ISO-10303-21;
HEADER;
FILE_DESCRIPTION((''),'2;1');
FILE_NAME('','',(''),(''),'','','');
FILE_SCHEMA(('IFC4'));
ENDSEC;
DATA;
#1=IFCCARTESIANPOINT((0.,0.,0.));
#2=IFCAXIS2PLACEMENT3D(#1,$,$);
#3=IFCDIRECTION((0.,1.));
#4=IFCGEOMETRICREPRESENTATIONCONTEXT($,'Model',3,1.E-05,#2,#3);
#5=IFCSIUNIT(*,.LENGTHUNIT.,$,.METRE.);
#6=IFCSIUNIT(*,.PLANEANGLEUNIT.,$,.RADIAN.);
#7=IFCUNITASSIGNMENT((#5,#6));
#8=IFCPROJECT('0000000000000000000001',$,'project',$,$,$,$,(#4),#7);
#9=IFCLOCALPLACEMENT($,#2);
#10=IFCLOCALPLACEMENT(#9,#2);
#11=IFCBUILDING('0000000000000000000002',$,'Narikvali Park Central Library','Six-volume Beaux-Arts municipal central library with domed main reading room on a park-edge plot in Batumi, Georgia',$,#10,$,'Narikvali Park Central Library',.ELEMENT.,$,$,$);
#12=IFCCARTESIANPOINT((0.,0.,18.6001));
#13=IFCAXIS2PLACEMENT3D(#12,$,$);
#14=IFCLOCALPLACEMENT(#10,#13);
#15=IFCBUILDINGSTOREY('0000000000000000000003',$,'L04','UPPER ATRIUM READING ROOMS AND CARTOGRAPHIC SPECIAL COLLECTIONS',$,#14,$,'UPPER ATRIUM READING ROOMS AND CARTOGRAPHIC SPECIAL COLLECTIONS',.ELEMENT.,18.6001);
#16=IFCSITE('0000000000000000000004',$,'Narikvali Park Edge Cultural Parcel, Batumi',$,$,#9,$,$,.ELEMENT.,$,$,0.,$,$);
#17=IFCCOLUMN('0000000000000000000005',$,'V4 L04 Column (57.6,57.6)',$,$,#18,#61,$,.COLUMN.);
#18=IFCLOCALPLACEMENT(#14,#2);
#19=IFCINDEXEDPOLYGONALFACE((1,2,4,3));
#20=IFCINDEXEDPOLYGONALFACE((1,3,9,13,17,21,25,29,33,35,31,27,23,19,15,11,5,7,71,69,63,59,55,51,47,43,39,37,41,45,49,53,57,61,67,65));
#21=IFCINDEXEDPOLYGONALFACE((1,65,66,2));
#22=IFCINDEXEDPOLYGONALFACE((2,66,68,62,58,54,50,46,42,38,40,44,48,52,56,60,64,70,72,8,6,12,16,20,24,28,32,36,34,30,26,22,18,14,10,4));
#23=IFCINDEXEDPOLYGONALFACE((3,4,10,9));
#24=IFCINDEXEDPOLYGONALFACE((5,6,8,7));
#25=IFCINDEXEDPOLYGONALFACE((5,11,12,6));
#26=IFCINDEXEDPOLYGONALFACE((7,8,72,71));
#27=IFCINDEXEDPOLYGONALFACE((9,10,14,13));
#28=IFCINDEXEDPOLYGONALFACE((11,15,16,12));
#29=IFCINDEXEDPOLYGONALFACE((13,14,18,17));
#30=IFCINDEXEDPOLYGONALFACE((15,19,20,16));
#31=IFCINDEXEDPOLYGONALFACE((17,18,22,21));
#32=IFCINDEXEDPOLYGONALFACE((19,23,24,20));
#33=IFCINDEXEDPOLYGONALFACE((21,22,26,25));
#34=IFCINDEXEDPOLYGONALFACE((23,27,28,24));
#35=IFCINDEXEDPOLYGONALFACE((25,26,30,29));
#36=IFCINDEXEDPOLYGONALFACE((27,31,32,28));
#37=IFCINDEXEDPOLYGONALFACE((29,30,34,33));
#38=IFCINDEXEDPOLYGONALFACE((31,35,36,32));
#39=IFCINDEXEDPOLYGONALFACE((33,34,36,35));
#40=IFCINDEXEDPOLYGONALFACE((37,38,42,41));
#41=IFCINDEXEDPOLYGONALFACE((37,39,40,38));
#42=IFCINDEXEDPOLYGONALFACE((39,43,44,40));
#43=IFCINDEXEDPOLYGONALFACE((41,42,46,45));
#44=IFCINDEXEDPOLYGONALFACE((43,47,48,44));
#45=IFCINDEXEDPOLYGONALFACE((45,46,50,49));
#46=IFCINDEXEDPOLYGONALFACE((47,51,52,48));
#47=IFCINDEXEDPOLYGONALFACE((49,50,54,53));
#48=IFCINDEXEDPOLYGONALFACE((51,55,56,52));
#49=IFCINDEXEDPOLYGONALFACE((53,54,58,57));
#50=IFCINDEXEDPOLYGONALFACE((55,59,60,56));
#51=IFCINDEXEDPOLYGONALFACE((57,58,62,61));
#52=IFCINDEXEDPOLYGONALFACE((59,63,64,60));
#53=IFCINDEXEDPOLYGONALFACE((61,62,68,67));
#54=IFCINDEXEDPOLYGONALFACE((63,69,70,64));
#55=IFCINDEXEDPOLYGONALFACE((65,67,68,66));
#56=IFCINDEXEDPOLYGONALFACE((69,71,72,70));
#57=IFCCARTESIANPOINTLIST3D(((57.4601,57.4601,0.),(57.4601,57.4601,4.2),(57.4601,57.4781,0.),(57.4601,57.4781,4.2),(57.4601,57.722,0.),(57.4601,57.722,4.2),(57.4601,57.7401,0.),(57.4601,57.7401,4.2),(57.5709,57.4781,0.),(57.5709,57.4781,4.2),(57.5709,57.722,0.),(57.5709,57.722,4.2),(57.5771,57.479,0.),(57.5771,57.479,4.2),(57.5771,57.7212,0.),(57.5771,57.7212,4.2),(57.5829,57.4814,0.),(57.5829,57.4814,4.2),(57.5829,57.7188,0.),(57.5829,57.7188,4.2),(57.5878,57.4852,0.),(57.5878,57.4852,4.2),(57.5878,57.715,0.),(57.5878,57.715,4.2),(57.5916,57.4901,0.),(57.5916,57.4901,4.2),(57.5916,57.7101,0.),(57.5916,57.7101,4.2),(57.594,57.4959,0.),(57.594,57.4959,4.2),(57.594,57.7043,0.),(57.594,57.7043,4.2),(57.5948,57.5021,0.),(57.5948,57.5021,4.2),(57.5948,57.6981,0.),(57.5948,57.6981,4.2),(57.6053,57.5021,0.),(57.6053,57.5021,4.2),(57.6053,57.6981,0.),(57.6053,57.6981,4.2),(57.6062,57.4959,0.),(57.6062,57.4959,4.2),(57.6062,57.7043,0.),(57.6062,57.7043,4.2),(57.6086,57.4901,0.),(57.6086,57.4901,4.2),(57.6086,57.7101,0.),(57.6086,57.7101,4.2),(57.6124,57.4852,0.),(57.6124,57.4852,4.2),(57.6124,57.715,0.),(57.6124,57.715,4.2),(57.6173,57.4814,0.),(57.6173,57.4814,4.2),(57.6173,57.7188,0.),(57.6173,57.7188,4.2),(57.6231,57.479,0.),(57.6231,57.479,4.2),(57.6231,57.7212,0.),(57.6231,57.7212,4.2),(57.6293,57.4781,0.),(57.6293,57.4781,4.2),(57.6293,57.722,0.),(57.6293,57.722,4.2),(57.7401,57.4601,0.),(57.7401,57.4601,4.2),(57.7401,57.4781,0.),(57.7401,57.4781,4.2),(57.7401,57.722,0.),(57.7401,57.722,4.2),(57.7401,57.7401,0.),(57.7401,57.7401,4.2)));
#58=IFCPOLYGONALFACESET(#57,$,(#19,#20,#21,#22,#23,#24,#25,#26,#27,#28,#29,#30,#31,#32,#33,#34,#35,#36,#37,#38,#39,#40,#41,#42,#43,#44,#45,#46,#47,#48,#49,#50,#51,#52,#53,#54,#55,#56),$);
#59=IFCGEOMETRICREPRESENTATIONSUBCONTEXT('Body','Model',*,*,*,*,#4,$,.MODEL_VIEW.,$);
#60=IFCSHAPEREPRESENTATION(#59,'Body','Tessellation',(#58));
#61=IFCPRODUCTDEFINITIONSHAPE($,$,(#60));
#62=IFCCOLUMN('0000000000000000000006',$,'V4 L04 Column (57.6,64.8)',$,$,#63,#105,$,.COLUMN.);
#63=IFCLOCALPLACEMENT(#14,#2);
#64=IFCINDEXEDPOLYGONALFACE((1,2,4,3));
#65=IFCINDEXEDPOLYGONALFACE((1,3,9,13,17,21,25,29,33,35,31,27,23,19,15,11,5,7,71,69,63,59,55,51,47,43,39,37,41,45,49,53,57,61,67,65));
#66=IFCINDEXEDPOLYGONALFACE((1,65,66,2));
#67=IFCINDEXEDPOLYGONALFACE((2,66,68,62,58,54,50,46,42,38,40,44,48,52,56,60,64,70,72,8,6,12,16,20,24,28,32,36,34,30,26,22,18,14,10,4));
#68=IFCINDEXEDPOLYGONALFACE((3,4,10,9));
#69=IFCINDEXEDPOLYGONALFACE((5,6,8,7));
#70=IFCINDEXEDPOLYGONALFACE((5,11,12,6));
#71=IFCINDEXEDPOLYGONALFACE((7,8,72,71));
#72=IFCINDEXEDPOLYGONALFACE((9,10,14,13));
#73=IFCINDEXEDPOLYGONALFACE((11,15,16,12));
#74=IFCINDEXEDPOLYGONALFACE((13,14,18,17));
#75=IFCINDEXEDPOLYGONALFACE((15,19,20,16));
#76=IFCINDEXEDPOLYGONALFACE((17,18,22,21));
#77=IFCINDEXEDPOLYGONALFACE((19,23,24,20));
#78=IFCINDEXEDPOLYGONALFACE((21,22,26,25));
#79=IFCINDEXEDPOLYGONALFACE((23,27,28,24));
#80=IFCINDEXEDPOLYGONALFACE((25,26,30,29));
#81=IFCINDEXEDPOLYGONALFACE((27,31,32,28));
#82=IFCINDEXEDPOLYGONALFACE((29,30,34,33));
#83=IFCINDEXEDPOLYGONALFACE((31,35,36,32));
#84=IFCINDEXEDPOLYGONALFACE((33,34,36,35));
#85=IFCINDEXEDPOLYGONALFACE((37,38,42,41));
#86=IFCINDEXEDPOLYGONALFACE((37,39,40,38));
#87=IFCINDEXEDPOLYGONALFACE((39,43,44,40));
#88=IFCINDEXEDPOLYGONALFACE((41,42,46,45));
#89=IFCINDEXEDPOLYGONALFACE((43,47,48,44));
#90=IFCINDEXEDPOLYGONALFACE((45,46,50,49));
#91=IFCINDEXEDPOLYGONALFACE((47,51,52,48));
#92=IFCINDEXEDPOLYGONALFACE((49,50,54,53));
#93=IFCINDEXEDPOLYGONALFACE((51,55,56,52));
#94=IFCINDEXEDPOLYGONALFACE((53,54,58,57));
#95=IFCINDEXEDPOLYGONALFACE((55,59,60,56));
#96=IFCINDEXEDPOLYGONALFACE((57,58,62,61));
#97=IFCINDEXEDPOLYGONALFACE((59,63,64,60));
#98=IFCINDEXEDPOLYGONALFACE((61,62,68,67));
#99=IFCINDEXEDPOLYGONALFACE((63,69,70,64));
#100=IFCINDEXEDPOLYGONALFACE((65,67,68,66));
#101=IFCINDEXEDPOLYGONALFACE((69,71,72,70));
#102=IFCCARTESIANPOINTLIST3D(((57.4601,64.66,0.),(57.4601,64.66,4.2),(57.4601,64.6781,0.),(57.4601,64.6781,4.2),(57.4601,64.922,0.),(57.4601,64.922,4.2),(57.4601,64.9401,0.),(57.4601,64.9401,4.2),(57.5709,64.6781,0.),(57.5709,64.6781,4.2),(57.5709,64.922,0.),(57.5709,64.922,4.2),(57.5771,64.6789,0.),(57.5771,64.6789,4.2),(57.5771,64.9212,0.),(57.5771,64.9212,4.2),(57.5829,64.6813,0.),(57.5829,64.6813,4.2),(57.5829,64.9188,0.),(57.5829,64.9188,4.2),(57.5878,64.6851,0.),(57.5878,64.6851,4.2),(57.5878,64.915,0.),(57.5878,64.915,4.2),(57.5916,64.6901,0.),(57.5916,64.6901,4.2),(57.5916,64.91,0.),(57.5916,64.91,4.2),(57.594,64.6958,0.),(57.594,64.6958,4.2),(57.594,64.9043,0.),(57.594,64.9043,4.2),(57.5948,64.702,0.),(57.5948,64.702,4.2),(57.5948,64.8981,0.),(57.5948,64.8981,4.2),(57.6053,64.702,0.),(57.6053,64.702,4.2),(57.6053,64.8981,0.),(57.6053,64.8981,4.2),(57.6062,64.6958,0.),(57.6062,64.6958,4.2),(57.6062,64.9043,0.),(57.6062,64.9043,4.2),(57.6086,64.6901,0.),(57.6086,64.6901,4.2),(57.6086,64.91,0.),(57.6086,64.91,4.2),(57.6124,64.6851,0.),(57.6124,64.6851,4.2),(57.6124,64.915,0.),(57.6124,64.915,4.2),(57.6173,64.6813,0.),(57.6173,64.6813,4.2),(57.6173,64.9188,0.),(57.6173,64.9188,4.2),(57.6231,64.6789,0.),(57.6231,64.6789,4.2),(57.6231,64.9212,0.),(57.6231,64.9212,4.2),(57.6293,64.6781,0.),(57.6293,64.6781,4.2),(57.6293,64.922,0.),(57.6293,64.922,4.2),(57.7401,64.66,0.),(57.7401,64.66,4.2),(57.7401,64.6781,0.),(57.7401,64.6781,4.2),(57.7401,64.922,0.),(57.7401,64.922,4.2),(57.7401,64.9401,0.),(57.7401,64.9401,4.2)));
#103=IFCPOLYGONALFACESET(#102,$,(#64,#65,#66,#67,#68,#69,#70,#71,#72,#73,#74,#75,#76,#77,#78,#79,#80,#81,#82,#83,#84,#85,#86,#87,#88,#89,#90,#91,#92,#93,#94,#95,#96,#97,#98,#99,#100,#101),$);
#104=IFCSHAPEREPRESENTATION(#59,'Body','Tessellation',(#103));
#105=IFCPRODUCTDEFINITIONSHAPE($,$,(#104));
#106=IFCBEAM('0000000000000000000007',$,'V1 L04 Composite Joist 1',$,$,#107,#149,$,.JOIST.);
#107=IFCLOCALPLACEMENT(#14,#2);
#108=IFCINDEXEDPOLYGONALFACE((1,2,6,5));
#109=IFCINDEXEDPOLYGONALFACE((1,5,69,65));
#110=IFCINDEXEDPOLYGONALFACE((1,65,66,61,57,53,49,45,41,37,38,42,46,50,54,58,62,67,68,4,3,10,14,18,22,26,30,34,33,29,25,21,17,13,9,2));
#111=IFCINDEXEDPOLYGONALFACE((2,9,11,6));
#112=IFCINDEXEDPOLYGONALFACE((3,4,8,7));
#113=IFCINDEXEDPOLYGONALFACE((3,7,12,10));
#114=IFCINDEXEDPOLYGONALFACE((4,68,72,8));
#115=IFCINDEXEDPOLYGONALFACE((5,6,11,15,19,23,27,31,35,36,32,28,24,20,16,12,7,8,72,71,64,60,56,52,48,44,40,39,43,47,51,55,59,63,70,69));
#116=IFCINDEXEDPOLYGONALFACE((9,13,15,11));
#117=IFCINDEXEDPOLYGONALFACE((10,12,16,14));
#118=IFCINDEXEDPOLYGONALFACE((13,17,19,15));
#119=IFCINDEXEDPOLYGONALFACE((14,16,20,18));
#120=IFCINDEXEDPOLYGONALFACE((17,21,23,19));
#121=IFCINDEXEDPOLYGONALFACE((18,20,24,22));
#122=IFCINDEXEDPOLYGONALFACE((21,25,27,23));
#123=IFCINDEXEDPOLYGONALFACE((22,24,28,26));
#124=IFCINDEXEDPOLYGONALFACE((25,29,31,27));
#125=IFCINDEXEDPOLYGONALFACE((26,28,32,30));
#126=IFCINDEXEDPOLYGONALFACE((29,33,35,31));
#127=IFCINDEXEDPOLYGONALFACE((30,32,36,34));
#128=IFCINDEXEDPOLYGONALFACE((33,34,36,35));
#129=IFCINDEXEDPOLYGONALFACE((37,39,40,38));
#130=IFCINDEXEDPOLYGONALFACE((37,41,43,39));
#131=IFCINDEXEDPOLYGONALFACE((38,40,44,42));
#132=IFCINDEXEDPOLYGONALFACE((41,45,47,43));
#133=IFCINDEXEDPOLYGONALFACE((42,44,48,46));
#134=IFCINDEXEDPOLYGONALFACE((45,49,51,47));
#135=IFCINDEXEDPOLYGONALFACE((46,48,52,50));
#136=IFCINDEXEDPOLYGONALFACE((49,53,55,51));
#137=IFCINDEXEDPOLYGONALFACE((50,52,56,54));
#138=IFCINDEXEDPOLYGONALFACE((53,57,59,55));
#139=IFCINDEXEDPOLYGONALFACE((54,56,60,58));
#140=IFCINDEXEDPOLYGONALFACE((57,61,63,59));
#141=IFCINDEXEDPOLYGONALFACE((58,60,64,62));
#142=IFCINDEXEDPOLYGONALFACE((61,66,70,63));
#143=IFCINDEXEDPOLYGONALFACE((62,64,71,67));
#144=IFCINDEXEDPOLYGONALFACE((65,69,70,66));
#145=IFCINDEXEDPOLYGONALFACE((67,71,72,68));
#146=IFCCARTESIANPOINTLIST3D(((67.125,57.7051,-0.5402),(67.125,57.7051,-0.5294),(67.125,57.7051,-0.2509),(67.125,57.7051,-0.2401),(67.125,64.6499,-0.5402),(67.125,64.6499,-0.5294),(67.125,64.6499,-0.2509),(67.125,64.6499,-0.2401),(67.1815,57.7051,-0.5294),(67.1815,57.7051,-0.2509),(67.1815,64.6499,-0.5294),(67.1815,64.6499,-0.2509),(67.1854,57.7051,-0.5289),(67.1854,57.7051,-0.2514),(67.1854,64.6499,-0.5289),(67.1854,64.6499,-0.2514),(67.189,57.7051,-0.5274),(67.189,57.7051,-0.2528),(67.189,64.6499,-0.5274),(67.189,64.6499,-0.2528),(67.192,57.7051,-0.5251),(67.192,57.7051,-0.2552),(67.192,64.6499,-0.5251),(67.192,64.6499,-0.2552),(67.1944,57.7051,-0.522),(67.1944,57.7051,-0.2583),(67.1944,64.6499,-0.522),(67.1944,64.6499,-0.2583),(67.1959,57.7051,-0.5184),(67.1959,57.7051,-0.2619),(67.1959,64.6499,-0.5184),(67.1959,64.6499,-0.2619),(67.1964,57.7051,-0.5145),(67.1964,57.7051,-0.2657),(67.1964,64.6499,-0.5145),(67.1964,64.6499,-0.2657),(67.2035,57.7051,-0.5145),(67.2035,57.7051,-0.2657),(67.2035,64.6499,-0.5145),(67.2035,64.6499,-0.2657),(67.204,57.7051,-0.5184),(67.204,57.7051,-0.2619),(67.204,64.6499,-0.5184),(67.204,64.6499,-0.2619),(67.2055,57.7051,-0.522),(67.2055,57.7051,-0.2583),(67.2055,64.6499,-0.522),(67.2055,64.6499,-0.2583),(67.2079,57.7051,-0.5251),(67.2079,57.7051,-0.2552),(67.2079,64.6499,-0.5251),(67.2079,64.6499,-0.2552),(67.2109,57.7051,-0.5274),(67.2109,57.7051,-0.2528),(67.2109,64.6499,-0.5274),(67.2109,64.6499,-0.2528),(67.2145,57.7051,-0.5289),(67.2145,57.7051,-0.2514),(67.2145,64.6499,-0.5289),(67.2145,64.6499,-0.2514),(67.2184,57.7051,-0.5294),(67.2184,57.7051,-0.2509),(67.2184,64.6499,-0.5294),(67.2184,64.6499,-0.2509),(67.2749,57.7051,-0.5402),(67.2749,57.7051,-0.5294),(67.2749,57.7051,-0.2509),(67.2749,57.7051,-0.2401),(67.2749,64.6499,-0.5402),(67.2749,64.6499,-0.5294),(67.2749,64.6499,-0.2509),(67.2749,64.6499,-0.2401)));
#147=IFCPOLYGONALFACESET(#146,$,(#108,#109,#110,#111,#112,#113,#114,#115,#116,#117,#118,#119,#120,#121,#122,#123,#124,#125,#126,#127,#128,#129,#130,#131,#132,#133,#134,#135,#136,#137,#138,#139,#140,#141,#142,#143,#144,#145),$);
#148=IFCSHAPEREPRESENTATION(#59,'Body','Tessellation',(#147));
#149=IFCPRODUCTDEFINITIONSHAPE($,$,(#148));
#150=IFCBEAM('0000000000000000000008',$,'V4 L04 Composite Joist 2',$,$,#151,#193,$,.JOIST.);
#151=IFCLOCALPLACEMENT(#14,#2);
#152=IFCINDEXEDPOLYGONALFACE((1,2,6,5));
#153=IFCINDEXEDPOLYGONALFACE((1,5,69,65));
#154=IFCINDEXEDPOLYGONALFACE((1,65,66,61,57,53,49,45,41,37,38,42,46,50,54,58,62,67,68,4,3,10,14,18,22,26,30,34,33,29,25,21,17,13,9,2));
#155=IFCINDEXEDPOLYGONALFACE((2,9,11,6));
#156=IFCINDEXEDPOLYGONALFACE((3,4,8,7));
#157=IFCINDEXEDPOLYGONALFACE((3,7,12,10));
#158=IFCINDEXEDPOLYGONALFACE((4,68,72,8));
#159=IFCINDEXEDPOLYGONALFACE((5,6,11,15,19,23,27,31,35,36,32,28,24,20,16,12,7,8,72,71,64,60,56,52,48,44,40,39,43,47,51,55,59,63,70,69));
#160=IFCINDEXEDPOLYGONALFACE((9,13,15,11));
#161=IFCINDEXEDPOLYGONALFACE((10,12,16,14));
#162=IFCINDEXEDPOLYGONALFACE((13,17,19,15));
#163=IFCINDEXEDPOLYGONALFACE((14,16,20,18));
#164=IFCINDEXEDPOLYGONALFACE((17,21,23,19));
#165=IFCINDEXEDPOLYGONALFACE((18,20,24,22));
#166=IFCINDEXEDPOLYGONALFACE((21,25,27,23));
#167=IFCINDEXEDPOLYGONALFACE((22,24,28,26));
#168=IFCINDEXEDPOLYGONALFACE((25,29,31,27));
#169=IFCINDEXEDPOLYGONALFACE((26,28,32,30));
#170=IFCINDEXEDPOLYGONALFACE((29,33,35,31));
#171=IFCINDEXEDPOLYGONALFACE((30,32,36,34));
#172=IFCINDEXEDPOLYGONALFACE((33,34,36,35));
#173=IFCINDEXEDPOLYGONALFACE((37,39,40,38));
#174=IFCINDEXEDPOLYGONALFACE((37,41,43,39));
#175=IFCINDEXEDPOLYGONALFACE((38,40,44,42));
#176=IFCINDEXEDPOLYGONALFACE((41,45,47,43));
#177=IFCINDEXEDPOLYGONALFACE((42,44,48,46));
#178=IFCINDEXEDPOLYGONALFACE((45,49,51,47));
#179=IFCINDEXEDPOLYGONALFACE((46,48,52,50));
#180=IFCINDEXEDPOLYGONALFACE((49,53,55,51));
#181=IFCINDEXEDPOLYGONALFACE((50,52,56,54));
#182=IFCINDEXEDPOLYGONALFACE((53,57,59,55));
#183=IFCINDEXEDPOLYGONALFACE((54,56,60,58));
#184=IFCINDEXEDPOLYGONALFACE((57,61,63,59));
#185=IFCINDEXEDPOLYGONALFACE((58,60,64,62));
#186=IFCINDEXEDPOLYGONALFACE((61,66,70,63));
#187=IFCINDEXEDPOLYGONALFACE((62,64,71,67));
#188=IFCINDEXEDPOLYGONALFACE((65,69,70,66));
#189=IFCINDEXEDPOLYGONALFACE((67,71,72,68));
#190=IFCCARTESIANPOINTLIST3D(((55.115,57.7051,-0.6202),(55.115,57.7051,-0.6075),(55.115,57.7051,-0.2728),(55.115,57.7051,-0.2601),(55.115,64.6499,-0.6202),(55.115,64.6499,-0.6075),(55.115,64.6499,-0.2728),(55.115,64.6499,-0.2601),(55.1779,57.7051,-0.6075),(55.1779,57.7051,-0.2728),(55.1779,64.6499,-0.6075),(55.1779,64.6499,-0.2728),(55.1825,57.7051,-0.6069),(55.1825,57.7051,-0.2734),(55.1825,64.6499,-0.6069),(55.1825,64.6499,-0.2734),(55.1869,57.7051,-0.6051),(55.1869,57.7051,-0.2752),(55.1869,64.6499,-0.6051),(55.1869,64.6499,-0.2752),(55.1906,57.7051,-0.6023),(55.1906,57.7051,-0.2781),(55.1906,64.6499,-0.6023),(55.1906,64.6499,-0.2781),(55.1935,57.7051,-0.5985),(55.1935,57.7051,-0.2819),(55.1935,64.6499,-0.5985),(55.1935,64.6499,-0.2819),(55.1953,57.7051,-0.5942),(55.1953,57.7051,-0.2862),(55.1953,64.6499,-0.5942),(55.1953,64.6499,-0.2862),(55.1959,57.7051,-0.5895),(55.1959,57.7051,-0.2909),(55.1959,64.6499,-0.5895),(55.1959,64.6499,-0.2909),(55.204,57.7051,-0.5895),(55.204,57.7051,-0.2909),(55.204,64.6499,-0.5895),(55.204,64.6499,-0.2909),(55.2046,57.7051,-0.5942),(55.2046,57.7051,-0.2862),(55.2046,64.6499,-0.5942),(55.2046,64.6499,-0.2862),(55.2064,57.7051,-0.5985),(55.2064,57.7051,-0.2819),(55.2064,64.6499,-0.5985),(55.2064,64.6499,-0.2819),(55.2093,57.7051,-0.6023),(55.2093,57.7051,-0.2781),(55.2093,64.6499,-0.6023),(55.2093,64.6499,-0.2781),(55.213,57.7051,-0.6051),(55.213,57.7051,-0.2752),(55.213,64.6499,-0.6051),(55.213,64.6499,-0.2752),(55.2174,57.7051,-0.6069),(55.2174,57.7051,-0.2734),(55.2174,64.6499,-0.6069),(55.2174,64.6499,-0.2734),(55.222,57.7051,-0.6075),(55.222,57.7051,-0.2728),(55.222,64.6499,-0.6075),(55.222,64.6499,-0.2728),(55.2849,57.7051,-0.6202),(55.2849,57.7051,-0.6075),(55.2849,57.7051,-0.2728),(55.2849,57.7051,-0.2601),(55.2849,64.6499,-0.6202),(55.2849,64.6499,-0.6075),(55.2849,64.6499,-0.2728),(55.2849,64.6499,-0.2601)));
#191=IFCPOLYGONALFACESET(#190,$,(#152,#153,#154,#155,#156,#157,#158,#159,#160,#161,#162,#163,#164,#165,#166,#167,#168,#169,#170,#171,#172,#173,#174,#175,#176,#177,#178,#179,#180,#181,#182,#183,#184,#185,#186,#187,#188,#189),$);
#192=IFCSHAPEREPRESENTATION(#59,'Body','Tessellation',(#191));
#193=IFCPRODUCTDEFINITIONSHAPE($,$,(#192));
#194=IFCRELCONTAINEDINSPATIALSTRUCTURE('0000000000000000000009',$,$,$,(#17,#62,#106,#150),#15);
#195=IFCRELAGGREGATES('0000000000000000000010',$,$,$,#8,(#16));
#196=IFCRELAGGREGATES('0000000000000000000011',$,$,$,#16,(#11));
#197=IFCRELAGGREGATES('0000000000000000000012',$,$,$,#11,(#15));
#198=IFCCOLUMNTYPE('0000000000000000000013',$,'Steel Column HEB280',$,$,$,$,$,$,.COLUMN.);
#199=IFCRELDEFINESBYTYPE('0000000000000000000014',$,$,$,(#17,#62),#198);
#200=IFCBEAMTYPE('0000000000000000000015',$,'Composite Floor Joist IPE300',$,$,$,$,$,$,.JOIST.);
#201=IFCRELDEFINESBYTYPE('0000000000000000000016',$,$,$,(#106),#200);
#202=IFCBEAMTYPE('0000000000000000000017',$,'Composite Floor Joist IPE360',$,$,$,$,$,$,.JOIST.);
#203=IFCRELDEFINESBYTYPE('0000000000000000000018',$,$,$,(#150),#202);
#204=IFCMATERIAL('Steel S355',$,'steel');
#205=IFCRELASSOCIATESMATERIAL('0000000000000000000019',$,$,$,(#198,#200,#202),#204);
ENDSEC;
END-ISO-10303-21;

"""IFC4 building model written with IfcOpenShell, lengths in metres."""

from ifc_helpers import new_model, si_unit, direction, frame, origin, origin_2d, place, context, subcontext, project, spatial, i_section, extrude, material, material_profile, profile_set, type_object, element, save


model = new_model("IFC4")

# Units and contexts
model_context = context("Model", 3, precision=1e-05, world=origin(), true_north=direction((0.0, 1.0)))
body_context = subcontext(model_context, "Body", "Model", "MODEL_VIEW")
ifc_project = project(units=[si_unit("LENGTHUNIT", "METRE"), si_unit("PLANEANGLEUNIT", "RADIAN")], contexts=[model_context])

# Site, building, storey
site_placement = place(None, origin())
site = spatial("IfcSite", under=ifc_project, at=site_placement, Name="Narikvali Park Edge Cultural Parcel, Batumi", CompositionType="ELEMENT", RefElevation=0.0)
building_placement = place(site_placement, origin())
building = spatial("IfcBuilding", under=site, at=building_placement, Name="Narikvali Park Central Library", Description="Six-volume Beaux-Arts municipal central library with domed main reading room on a park-edge plot in Batumi, Georgia", LongName="Narikvali Park Central Library", CompositionType="ELEMENT")
storey_placement = place(building_placement, frame((0.0, 0.0, 18.6001)))
storey = spatial("IfcBuildingStorey", under=building, at=storey_placement, Name="L04", Description="UPPER ATRIUM READING ROOMS AND CARTOGRAPHIC SPECIAL COLLECTIONS", LongName="UPPER ATRIUM READING ROOMS AND CARTOGRAPHIC SPECIAL COLLECTIONS", CompositionType="ELEMENT", Elevation=18.6001)

# Columns
ifc_material_1 = material(Name="Steel S355", Category="steel")
ifc_material_profile_1 = material_profile(ifc_material_1, i_section(OverallWidth=0.28, OverallDepth=0.28, WebThickness=0.0105, FlangeThickness=0.0181, FilletRadius=0.0239, at=origin_2d()), Name="HEB 280")
ifc_profile_set_1 = profile_set([ifc_material_profile_1], Name="Steel S355")
column_type = type_object("IfcColumnType", Name="Steel Column HEB280", PredefinedType="COLUMN", material=ifc_profile_set_1)
for number, where, z_axis, x_axis, name in (
    (1, (57.6001, 57.6001, 0.0), (0.0, 0.0, 1.0), (1.0, 0.0, 0.0), "V4 L04 Column (57.6,57.6)"),
    (2, (57.6001, 64.8, 0.0), (0.0, 0.0, 1.0), (1.0, 0.0, 0.0), "V4 L04 Column (57.6,64.8)"),
):
    element("IfcColumn", number, at=place(storey_placement, frame(where, z_axis=z_axis, x_axis=x_axis)), inside=storey, type_object=column_type, Name=name, PredefinedType="COLUMN", context=body_context, shape_type="SweptSolid", body=[
        extrude(i_section(OverallWidth=0.28, OverallDepth=0.28, WebThickness=0.0105, FlangeThickness=0.0181, FilletRadius=0.0239, at=origin_2d()), origin(), (0.0, 0.0, 1.0), 4.2),
    ])

# Beams
ifc_material_profile_2 = material_profile(ifc_material_1, i_section(OverallWidth=0.1499, OverallDepth=0.3, WebThickness=0.0071, FlangeThickness=0.0107, FilletRadius=0.0149, at=origin_2d()), Name="IPE 300")
ifc_profile_set_2 = profile_set([ifc_material_profile_2], Name="Steel S355")
beam_type_1 = type_object("IfcBeamType", Name="Composite Floor Joist IPE300", PredefinedType="JOIST", material=ifc_profile_set_2)
beam_1_placement = place(storey_placement, frame((67.2, 57.7051, -0.3901), z_axis=(0.0, 1.0, 0.0), x_axis=(-1.0, 0.0, 0.0)))
element("IfcBeam", 3, at=beam_1_placement, inside=storey, type_object=beam_type_1, Name="V1 L04 Composite Joist 1", PredefinedType="JOIST", context=body_context, shape_type="SweptSolid", body=[
    extrude(i_section(OverallWidth=0.1499, OverallDepth=0.3, WebThickness=0.0071, FlangeThickness=0.0107, FilletRadius=0.0149, at=origin_2d()), origin(), (0.0, 0.0, 1.0), 6.9448),
])
ifc_material_profile_3 = material_profile(ifc_material_1, i_section(OverallWidth=0.1699, OverallDepth=0.3601, WebThickness=0.0081, FlangeThickness=0.0127, FilletRadius=0.0181, at=origin_2d()), Name="IPE 360")
ifc_profile_set_3 = profile_set([ifc_material_profile_3], Name="Steel S355")
beam_type_2 = type_object("IfcBeamType", Name="Composite Floor Joist IPE360", PredefinedType="JOIST", material=ifc_profile_set_3)
beam_2_placement = place(storey_placement, frame((55.2, 57.7051, -0.4402), z_axis=(0.0, 1.0, 0.0), x_axis=(-1.0, 0.0, 0.0)))
element("IfcBeam", 4, at=beam_2_placement, inside=storey, type_object=beam_type_2, Name="V4 L04 Composite Joist 2", PredefinedType="JOIST", context=body_context, shape_type="SweptSolid", body=[
    extrude(i_section(OverallWidth=0.1699, OverallDepth=0.3601, WebThickness=0.0081, FlangeThickness=0.0127, FilletRadius=0.0181, at=origin_2d()), origin(), (0.0, 0.0, 1.0), 6.9448),
])

save(model, "model.ifc")
